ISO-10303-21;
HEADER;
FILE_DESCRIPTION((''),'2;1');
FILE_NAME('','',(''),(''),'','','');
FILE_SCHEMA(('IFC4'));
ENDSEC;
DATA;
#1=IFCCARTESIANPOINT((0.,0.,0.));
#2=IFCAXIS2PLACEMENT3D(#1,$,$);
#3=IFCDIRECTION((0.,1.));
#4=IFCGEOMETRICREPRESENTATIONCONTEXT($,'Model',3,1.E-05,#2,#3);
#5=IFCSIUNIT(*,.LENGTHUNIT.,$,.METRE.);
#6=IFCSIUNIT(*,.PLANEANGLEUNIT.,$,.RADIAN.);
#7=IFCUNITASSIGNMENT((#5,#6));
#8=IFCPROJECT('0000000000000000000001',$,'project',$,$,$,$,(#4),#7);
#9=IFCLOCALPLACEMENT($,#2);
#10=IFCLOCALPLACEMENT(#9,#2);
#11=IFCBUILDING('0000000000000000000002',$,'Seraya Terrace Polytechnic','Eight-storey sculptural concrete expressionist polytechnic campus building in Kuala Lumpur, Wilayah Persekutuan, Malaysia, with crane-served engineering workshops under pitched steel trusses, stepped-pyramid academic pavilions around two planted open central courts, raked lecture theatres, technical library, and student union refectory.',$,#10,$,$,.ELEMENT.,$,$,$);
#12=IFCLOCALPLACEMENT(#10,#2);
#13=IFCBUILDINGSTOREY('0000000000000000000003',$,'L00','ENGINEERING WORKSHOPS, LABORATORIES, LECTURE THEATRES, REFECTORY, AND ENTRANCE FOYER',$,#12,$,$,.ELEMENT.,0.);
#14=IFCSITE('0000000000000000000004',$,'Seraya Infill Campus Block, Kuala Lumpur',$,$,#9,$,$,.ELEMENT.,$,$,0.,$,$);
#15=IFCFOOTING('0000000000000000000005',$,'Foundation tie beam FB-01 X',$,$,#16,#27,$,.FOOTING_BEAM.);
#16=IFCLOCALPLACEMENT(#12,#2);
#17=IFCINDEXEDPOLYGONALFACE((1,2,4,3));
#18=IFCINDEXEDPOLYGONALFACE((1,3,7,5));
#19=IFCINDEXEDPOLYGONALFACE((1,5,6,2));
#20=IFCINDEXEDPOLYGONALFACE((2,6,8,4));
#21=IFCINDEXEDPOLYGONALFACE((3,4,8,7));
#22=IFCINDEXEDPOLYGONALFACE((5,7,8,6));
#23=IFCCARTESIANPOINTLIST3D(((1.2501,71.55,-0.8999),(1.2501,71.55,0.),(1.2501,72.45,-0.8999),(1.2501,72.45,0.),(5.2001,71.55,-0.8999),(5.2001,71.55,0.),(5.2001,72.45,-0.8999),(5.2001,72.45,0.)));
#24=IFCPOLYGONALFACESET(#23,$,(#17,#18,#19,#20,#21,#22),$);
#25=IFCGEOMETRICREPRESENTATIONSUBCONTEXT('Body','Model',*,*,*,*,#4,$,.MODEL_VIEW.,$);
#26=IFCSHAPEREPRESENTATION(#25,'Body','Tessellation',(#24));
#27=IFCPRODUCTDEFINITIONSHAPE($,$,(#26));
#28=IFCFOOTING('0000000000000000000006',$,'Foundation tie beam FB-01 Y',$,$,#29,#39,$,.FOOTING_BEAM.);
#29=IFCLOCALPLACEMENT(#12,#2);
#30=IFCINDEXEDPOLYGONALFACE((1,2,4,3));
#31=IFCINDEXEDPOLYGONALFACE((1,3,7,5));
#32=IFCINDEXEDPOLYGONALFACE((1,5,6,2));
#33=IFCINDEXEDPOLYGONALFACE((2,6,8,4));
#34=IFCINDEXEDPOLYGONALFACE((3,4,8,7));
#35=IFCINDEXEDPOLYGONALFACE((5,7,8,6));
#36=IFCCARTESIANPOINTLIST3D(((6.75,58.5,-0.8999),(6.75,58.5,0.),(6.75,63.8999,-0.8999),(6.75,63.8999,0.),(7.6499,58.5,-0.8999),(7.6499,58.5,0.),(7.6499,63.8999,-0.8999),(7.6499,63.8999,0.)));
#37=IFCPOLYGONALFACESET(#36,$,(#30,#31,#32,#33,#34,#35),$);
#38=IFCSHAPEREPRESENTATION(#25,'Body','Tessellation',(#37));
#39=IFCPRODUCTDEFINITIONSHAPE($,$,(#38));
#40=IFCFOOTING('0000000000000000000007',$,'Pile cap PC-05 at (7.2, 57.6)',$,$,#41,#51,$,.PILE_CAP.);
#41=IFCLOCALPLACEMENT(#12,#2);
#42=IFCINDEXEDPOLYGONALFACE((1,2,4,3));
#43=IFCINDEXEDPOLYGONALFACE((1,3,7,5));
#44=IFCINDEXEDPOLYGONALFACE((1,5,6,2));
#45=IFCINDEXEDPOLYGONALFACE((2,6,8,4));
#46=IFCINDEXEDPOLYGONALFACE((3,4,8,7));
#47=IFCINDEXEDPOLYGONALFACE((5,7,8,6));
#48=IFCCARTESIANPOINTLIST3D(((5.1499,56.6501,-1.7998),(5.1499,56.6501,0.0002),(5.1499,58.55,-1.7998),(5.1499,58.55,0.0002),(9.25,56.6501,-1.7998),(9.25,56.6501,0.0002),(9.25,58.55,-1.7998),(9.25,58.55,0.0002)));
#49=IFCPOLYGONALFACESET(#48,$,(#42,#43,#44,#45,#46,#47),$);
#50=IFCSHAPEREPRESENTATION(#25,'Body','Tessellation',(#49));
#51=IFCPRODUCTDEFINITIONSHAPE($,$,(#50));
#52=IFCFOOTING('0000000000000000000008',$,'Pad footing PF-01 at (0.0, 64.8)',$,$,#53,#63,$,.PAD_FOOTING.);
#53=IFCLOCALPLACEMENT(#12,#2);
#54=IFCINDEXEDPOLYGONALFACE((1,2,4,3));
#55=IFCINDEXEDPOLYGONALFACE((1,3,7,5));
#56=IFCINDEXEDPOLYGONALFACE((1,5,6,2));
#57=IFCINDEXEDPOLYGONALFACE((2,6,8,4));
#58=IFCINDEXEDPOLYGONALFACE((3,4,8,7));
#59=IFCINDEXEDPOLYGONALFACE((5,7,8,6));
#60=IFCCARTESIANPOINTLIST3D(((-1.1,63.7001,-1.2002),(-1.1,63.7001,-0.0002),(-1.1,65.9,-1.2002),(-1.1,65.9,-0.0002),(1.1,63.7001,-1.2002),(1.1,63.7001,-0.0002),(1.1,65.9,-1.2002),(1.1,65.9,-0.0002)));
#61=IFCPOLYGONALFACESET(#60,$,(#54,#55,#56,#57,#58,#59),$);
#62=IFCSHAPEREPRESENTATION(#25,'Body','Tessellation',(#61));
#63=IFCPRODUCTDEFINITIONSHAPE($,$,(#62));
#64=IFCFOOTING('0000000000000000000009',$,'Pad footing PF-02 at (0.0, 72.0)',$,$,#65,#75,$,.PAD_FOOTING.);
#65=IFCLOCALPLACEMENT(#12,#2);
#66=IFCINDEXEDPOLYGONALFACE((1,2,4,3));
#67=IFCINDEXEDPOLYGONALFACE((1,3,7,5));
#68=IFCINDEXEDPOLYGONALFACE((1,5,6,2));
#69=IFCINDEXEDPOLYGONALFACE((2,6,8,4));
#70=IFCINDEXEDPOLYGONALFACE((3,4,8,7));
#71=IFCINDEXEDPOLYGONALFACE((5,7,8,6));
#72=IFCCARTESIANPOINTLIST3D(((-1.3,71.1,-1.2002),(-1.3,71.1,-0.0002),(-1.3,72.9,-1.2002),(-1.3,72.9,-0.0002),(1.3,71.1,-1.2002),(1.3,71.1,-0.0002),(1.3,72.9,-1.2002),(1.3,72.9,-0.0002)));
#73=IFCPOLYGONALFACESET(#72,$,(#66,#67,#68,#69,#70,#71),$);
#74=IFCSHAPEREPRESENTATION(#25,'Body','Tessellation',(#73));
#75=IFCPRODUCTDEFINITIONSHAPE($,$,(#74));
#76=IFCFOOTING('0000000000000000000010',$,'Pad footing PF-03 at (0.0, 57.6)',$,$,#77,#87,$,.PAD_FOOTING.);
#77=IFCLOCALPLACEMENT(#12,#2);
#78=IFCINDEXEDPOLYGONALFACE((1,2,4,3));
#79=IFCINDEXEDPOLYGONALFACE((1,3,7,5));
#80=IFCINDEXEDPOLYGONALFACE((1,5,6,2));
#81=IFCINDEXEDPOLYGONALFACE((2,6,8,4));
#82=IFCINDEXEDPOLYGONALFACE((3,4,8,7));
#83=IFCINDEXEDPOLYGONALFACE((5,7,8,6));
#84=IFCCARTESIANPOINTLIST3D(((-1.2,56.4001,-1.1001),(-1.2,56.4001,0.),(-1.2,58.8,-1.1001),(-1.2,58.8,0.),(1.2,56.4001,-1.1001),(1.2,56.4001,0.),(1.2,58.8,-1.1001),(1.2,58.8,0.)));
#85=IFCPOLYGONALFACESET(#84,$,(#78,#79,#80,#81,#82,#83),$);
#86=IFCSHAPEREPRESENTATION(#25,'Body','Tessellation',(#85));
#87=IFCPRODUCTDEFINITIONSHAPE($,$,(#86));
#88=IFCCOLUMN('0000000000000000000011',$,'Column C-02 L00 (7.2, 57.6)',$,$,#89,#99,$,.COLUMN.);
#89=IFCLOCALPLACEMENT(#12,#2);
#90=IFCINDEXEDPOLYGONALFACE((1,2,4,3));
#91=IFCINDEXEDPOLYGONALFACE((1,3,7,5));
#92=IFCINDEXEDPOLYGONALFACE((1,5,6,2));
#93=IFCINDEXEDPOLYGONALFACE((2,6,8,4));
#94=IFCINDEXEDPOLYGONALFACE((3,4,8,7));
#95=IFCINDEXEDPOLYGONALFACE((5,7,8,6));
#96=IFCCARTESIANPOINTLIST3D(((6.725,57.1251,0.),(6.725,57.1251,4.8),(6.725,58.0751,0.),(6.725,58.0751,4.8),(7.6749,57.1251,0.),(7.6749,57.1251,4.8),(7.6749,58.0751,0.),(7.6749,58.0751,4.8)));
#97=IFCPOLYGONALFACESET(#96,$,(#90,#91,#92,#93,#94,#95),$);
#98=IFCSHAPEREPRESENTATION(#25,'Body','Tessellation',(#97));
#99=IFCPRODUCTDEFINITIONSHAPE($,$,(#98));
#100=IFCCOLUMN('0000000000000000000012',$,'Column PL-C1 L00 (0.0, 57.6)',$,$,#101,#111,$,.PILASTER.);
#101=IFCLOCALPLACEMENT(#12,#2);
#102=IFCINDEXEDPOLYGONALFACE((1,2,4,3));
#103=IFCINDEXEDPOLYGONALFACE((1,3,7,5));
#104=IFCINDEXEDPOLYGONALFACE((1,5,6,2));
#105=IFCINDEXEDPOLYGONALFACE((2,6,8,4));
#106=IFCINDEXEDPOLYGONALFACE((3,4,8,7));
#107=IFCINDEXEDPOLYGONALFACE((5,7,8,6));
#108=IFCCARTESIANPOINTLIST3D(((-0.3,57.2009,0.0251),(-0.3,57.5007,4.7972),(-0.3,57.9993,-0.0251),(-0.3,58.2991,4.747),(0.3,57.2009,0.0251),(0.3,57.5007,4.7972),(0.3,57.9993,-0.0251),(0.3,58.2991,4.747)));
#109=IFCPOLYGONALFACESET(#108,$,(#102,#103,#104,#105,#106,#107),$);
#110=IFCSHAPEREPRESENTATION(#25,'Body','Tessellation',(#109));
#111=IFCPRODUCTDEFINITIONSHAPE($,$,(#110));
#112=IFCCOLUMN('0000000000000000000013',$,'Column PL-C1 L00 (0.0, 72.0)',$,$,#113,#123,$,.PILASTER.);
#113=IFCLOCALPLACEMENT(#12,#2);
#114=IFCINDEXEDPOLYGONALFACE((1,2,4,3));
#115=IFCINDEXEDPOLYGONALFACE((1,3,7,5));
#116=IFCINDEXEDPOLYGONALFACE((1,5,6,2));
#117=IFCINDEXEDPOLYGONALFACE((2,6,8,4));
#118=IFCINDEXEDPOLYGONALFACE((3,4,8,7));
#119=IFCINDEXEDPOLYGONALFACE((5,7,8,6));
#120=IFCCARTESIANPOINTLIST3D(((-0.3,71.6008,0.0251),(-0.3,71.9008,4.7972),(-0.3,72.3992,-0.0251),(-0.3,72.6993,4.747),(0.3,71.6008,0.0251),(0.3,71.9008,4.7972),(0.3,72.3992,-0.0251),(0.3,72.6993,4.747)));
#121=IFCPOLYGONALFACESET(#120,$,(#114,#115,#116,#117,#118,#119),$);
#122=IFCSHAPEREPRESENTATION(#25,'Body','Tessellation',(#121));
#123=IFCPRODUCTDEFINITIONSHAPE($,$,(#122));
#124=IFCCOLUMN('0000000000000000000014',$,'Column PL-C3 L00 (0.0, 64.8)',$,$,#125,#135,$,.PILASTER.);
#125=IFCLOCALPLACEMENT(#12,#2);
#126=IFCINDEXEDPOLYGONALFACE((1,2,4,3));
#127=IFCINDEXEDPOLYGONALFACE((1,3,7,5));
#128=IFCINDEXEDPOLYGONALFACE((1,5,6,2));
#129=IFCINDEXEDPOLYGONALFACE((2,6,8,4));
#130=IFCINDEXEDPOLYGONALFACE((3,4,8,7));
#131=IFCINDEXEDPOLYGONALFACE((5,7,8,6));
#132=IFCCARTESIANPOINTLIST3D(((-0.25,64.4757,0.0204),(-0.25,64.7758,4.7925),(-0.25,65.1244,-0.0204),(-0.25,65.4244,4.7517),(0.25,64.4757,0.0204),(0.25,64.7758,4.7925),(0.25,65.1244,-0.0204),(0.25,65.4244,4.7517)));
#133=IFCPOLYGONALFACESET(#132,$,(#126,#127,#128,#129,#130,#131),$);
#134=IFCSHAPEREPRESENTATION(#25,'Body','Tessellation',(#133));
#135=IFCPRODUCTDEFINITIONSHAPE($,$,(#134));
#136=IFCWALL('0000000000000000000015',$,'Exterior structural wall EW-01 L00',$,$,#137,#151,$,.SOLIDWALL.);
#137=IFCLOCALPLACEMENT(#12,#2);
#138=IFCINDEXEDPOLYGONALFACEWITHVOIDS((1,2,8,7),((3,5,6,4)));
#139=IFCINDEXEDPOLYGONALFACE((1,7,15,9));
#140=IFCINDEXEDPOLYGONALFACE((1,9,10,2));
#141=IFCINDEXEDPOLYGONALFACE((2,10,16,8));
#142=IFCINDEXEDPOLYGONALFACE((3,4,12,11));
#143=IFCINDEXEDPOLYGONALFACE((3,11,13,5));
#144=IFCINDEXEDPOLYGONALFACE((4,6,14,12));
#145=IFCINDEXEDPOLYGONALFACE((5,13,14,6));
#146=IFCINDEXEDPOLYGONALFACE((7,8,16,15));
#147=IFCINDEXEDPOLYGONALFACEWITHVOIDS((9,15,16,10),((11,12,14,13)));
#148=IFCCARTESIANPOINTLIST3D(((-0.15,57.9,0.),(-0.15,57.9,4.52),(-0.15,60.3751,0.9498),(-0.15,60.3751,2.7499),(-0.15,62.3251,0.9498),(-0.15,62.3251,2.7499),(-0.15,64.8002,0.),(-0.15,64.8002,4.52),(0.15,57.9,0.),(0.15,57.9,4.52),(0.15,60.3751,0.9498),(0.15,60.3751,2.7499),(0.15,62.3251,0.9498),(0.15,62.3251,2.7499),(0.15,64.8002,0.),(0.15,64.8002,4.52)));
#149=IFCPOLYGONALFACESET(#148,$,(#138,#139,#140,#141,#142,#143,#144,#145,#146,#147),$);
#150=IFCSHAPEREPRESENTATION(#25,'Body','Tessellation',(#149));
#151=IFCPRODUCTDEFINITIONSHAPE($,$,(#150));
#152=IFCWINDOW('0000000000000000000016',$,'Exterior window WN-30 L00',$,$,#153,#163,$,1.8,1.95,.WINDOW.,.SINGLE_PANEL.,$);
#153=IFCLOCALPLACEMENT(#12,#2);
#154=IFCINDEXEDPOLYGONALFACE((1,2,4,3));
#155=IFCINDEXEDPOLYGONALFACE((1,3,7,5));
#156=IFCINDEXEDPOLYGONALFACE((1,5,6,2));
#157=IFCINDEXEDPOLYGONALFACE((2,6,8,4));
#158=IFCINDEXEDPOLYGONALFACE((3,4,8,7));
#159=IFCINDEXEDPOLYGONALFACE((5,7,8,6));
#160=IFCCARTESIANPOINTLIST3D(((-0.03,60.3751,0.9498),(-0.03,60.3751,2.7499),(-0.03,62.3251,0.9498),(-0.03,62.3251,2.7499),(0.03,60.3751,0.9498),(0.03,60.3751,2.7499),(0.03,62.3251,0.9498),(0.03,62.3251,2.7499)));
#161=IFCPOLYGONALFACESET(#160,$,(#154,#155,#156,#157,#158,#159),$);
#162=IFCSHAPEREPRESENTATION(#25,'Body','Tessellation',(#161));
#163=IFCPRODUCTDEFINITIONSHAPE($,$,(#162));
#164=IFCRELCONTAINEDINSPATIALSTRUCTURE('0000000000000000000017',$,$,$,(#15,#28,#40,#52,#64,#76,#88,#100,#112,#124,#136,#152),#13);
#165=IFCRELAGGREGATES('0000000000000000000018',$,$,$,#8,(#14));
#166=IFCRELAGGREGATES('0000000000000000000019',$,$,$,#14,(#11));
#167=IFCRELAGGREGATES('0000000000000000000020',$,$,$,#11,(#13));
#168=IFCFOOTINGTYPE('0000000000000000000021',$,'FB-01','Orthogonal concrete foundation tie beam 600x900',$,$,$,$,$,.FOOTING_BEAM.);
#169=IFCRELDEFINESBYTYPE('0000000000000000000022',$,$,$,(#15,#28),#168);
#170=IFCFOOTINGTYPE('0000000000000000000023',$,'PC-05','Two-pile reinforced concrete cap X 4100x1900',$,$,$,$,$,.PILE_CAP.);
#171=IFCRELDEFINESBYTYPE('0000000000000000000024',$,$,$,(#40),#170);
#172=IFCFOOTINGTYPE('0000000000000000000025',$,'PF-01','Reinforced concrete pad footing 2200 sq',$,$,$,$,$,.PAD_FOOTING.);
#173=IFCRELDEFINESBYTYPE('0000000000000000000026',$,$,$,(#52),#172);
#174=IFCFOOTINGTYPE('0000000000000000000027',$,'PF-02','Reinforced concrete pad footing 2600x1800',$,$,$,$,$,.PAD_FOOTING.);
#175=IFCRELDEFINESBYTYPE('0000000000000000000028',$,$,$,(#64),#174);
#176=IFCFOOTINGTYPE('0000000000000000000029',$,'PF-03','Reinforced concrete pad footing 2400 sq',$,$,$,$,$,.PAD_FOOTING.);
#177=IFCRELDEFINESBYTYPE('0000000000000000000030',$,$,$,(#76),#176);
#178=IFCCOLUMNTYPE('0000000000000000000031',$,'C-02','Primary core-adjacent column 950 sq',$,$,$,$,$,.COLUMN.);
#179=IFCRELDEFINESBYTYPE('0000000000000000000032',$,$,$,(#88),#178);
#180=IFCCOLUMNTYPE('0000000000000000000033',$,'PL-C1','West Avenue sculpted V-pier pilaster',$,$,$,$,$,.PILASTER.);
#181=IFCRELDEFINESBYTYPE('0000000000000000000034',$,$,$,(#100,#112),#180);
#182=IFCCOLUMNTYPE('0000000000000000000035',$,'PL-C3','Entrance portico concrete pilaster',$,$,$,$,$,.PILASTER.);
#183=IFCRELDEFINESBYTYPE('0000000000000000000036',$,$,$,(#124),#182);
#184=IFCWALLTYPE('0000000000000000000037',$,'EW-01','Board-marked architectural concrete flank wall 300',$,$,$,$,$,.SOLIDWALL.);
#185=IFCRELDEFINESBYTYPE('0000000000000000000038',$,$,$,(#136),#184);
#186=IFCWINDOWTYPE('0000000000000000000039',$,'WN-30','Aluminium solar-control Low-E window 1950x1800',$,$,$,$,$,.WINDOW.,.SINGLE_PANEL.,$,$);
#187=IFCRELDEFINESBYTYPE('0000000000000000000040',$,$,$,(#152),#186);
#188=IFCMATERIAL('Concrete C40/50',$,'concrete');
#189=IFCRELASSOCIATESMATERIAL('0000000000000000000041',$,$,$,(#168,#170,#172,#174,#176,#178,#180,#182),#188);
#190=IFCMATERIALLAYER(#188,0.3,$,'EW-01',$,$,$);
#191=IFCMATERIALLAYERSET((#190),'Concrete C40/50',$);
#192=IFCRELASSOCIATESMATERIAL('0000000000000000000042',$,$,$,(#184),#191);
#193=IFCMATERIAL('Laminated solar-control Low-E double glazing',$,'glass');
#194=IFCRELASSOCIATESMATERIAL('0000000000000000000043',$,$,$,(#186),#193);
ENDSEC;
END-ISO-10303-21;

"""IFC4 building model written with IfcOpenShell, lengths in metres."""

from ifc_helpers import new_model, si_unit, direction, frame, frame_2d, origin, origin_2d, place, context, subcontext, project, spatial, rectangle, extrude, material, layer, layer_set, material_profile, profile_set, type_object, element, fill, save


model = new_model("IFC4")

# Units and contexts
model_context = context("Model", 3, precision=1e-05, world=origin(), true_north=direction((0.0, 1.0)))
body_context = subcontext(model_context, "Body", "Model", "MODEL_VIEW")
ifc_project = project(units=[si_unit("LENGTHUNIT", "METRE"), si_unit("PLANEANGLEUNIT", "RADIAN")], contexts=[model_context])

# Site, building, storey
site_placement = place(None, origin())
site = spatial("IfcSite", under=ifc_project, at=site_placement, Name="Seraya Infill Campus Block, Kuala Lumpur", CompositionType="ELEMENT", RefElevation=0.0)
building_placement = place(site_placement, origin())
building = spatial("IfcBuilding", under=site, at=building_placement, Name="Seraya Terrace Polytechnic", Description="Eight-storey sculptural concrete expressionist polytechnic campus building in Kuala Lumpur, Wilayah Persekutuan, Malaysia, with crane-served engineering workshops under pitched steel trusses, stepped-pyramid academic pavilions around two planted open central courts, raked lecture theatres, technical library, and student union refectory.", CompositionType="ELEMENT")
storey_placement = place(building_placement, origin())
storey = spatial("IfcBuildingStorey", under=building, at=storey_placement, Name="L00", Description="ENGINEERING WORKSHOPS, LABORATORIES, LECTURE THEATRES, REFECTORY, AND ENTRANCE FOYER", CompositionType="ELEMENT", Elevation=0.0)

# Shared definitions
ifc_material_1 = material(Name="Concrete C40/50", Category="concrete")

# Footings
footing_type_1 = type_object("IfcFootingType", Name="FB-01", Description="Orthogonal concrete foundation tie beam 600x900", PredefinedType="FOOTING_BEAM", material=ifc_material_1)
footing_1_placement = place(storey_placement, frame((3.2251, 72.0, -0.8999), z_axis=(0.0, 0.0, 1.0), x_axis=(1.0, 0.0, 0.0)))
element("IfcFooting", 1, at=footing_1_placement, inside=storey, type_object=footing_type_1, Name="Foundation tie beam FB-01 X", PredefinedType="FOOTING_BEAM", context=body_context, shape_type="SweptSolid", body=[
    extrude(rectangle(XDim=3.95, YDim=0.8999, at=origin_2d()), origin(), (0.0, 0.0, 1.0), 0.8999),
])
footing_2_placement = place(storey_placement, frame((7.2, 61.2, -0.8999), z_axis=(0.0, 0.0, 1.0), x_axis=(0.0, 1.0, 0.0)))
element("IfcFooting", 2, at=footing_2_placement, inside=storey, type_object=footing_type_1, Name="Foundation tie beam FB-01 Y", PredefinedType="FOOTING_BEAM", context=body_context, shape_type="SweptSolid", body=[
    extrude(rectangle(XDim=5.3999, YDim=0.8999, at=origin_2d()), origin(), (0.0, 0.0, 1.0), 0.8999),
])
footing_type_2 = type_object("IfcFootingType", Name="PC-05", Description="Two-pile reinforced concrete cap X 4100x1900", PredefinedType="PILE_CAP", material=ifc_material_1)
footing_3_placement = place(storey_placement, frame((7.2, 57.6001, -1.7998), z_axis=(0.0, 0.0, 1.0), x_axis=(1.0, 0.0, 0.0)))
element("IfcFooting", 3, at=footing_3_placement, inside=storey, type_object=footing_type_2, Name="Pile cap PC-05 at (7.2, 57.6)", PredefinedType="PILE_CAP", context=body_context, shape_type="SweptSolid", body=[
    extrude(rectangle(XDim=4.1001, YDim=1.8999, at=origin_2d()), origin(), (0.0, 0.0, 1.0), 1.8),
])
footing_type_3 = type_object("IfcFootingType", Name="PF-01", Description="Reinforced concrete pad footing 2200 sq", PredefinedType="PAD_FOOTING", material=ifc_material_1)
footing_4_placement = place(storey_placement, frame((0.0, 64.8, -1.2002), z_axis=(0.0, 0.0, 1.0), x_axis=(1.0, 0.0, 0.0)))
element("IfcFooting", 4, at=footing_4_placement, inside=storey, type_object=footing_type_3, Name="Pad footing PF-01 at (0.0, 64.8)", PredefinedType="PAD_FOOTING", context=body_context, shape_type="SweptSolid", body=[
    extrude(rectangle(XDim=2.2, YDim=2.2, at=origin_2d()), origin(), (0.0, 0.0, 1.0), 1.2),
])
footing_type_4 = type_object("IfcFootingType", Name="PF-02", Description="Reinforced concrete pad footing 2600x1800", PredefinedType="PAD_FOOTING", material=ifc_material_1)
footing_5_placement = place(storey_placement, frame((0.0, 72.0, -1.2002), z_axis=(0.0, 0.0, 1.0), x_axis=(1.0, 0.0, 0.0)))
element("IfcFooting", 5, at=footing_5_placement, inside=storey, type_object=footing_type_4, Name="Pad footing PF-02 at (0.0, 72.0)", PredefinedType="PAD_FOOTING", context=body_context, shape_type="SweptSolid", body=[
    extrude(rectangle(XDim=2.6001, YDim=1.8, at=origin_2d()), origin(), (0.0, 0.0, 1.0), 1.2),
])
footing_type_5 = type_object("IfcFootingType", Name="PF-03", Description="Reinforced concrete pad footing 2400 sq", PredefinedType="PAD_FOOTING", material=ifc_material_1)
footing_6_placement = place(storey_placement, frame((0.0, 57.6001, -1.1001), z_axis=(0.0, 0.0, 1.0), x_axis=(1.0, 0.0, 0.0)))
element("IfcFooting", 6, at=footing_6_placement, inside=storey, type_object=footing_type_5, Name="Pad footing PF-03 at (0.0, 57.6)", PredefinedType="PAD_FOOTING", context=body_context, shape_type="SweptSolid", body=[
    extrude(rectangle(XDim=2.3999, YDim=2.3999, at=origin_2d()), origin(), (0.0, 0.0, 1.0), 1.1001),
])

# Columns
ifc_material_profile_1 = material_profile(ifc_material_1, rectangle(XDim=0.95, YDim=0.95, at=origin_2d()), Name="RC 950x950")
ifc_profile_set_1 = profile_set([ifc_material_profile_1], Name="Concrete C40/50")
column_type_1 = type_object("IfcColumnType", Name="C-02", Description="Primary core-adjacent column 950 sq", PredefinedType="COLUMN", material=ifc_profile_set_1)
column_1_placement = place(storey_placement, frame((7.2, 57.6001, 0.0), z_axis=(0.0, 0.0, 1.0), x_axis=(1.0, 0.0, 0.0)))
element("IfcColumn", 7, at=column_1_placement, inside=storey, type_object=column_type_1, Name="Column C-02 L00 (7.2, 57.6)", PredefinedType="COLUMN", context=body_context, shape_type="SweptSolid", body=[
    extrude(rectangle(XDim=0.95, YDim=0.95, at=origin_2d()), origin(), (0.0, 0.0, 1.0), 4.8),
])
ifc_material_profile_2 = material_profile(ifc_material_1, rectangle(XDim=0.6001, YDim=0.8, at=origin_2d()), Name="RC 600x800")
ifc_profile_set_2 = profile_set([ifc_material_profile_2], Name="Concrete C40/50")
column_type_2 = type_object("IfcColumnType", Name="PL-C1", Description="West Avenue sculpted V-pier pilaster", PredefinedType="PILASTER", material=ifc_profile_set_2)
for number, where, z_axis, x_axis, name in (
    (8, (0.0, 57.6001, 0.0), (0.0, 0.062703, 0.998032), (-1.0, 0.0, 0.0), "Column PL-C1 L00 (0.0, 57.6)"),
    (9, (0.0, 72.0, 0.0), (0.0, 0.062753, 0.998029), (-1.0, 0.0, 0.0), "Column PL-C1 L00 (0.0, 72.0)"),
):
    element("IfcColumn", number, at=place(storey_placement, frame(where, z_axis=z_axis, x_axis=x_axis)), inside=storey, type_object=column_type_2, Name=name, PredefinedType="PILASTER", context=body_context, shape_type="SweptSolid", body=[
        extrude(rectangle(XDim=0.6001, YDim=0.8, at=origin_2d()), origin(), (0.0, 0.0, 1.0), 4.7815),
    ])
ifc_material_profile_3 = material_profile(ifc_material_1, rectangle(XDim=0.5, YDim=0.6499, at=origin_2d()), Name="RC 500x650")
ifc_profile_set_3 = profile_set([ifc_material_profile_3], Name="Concrete C40/50")
column_type_3 = type_object("IfcColumnType", Name="PL-C3", Description="Entrance portico concrete pilaster", PredefinedType="PILASTER", material=ifc_profile_set_3)
column_2_placement = place(storey_placement, frame((0.0, 64.8, 0.0), z_axis=(0.0, 0.062753, 0.998029), x_axis=(-1.0, 0.0, 0.0)))
element("IfcColumn", 10, at=column_2_placement, inside=storey, type_object=column_type_3, Name="Column PL-C3 L00 (0.0, 64.8)", PredefinedType="PILASTER", context=body_context, shape_type="SweptSolid", body=[
    extrude(rectangle(XDim=0.5, YDim=0.6499, at=origin_2d()), origin(), (0.0, 0.0, 1.0), 4.7815),
])

# Wall, opening, window
ifc_layer_1 = layer(ifc_material_1, 0.3, Name="EW-01")
ifc_layer_set_1 = layer_set([ifc_layer_1], Name="Concrete C40/50")
wall_type_1 = type_object("IfcWallType", Name="EW-01", Description="Board-marked architectural concrete flank wall 300", PredefinedType="SOLIDWALL", material=ifc_layer_set_1)
wall_1_placement = place(storey_placement, frame((0.0, 57.8999, 0.0), z_axis=(0.0, 0.0, 1.0), x_axis=(0.0, 1.0, 0.0)))
wall_1 = element("IfcWall", 11, at=wall_1_placement, inside=storey, type_object=wall_type_1, Name="Exterior structural wall EW-01 L00", PredefinedType="SOLIDWALL", context=body_context, shape_type="SweptSolid", body=[
    extrude(rectangle(XDim=6.9001, YDim=0.3, at=frame_2d((3.4502, 0.0))), origin(), (0.0, 0.0, 1.0), 4.52),
])
opening_1_placement = place(wall_1_placement, frame((2.4751, 0.0, 0.95)))
opening_1 = element("IfcOpeningElement", 12, at=opening_1_placement, cuts=wall_1, PredefinedType="OPENING", context=body_context, shape_type="SweptSolid", body=[
    extrude(rectangle(XDim=1.95, YDim=1.8, at=frame_2d((0.9751, 0.8999))), frame((0.0, 0.1621, 0.0), z_axis=(0.0, -1.0, 0.0), x_axis=(1.0, 0.0, 0.0)), (0.0, 0.0, 1.0), 0.324),
])
ifc_material_2 = material(Name="Laminated solar-control Low-E double glazing", Category="glass")
window_type_1 = type_object("IfcWindowType", Name="WN-30", Description="Aluminium solar-control Low-E window 1950x1800", PartitioningType="SINGLE_PANEL", PredefinedType="WINDOW", material=ifc_material_2)
window_1_placement = place(opening_1_placement, origin())
window_1 = element("IfcWindow", 13, at=window_1_placement, inside=storey, type_object=window_type_1, Name="Exterior window WN-30 L00", OverallHeight=1.8, OverallWidth=1.95, PartitioningType="SINGLE_PANEL", PredefinedType="WINDOW", context=body_context, shape_type="SweptSolid", body=[
    extrude(rectangle(XDim=1.95, YDim=1.8, at=frame_2d((0.9751, 0.8999))), frame((0.0, 0.03, 0.0), z_axis=(0.0, -1.0, 0.0), x_axis=(1.0, 0.0, 0.0)), (0.0, 0.0, 1.0), 0.0601),
])
fill(opening_1, window_1)

save(model, "model.ifc")
